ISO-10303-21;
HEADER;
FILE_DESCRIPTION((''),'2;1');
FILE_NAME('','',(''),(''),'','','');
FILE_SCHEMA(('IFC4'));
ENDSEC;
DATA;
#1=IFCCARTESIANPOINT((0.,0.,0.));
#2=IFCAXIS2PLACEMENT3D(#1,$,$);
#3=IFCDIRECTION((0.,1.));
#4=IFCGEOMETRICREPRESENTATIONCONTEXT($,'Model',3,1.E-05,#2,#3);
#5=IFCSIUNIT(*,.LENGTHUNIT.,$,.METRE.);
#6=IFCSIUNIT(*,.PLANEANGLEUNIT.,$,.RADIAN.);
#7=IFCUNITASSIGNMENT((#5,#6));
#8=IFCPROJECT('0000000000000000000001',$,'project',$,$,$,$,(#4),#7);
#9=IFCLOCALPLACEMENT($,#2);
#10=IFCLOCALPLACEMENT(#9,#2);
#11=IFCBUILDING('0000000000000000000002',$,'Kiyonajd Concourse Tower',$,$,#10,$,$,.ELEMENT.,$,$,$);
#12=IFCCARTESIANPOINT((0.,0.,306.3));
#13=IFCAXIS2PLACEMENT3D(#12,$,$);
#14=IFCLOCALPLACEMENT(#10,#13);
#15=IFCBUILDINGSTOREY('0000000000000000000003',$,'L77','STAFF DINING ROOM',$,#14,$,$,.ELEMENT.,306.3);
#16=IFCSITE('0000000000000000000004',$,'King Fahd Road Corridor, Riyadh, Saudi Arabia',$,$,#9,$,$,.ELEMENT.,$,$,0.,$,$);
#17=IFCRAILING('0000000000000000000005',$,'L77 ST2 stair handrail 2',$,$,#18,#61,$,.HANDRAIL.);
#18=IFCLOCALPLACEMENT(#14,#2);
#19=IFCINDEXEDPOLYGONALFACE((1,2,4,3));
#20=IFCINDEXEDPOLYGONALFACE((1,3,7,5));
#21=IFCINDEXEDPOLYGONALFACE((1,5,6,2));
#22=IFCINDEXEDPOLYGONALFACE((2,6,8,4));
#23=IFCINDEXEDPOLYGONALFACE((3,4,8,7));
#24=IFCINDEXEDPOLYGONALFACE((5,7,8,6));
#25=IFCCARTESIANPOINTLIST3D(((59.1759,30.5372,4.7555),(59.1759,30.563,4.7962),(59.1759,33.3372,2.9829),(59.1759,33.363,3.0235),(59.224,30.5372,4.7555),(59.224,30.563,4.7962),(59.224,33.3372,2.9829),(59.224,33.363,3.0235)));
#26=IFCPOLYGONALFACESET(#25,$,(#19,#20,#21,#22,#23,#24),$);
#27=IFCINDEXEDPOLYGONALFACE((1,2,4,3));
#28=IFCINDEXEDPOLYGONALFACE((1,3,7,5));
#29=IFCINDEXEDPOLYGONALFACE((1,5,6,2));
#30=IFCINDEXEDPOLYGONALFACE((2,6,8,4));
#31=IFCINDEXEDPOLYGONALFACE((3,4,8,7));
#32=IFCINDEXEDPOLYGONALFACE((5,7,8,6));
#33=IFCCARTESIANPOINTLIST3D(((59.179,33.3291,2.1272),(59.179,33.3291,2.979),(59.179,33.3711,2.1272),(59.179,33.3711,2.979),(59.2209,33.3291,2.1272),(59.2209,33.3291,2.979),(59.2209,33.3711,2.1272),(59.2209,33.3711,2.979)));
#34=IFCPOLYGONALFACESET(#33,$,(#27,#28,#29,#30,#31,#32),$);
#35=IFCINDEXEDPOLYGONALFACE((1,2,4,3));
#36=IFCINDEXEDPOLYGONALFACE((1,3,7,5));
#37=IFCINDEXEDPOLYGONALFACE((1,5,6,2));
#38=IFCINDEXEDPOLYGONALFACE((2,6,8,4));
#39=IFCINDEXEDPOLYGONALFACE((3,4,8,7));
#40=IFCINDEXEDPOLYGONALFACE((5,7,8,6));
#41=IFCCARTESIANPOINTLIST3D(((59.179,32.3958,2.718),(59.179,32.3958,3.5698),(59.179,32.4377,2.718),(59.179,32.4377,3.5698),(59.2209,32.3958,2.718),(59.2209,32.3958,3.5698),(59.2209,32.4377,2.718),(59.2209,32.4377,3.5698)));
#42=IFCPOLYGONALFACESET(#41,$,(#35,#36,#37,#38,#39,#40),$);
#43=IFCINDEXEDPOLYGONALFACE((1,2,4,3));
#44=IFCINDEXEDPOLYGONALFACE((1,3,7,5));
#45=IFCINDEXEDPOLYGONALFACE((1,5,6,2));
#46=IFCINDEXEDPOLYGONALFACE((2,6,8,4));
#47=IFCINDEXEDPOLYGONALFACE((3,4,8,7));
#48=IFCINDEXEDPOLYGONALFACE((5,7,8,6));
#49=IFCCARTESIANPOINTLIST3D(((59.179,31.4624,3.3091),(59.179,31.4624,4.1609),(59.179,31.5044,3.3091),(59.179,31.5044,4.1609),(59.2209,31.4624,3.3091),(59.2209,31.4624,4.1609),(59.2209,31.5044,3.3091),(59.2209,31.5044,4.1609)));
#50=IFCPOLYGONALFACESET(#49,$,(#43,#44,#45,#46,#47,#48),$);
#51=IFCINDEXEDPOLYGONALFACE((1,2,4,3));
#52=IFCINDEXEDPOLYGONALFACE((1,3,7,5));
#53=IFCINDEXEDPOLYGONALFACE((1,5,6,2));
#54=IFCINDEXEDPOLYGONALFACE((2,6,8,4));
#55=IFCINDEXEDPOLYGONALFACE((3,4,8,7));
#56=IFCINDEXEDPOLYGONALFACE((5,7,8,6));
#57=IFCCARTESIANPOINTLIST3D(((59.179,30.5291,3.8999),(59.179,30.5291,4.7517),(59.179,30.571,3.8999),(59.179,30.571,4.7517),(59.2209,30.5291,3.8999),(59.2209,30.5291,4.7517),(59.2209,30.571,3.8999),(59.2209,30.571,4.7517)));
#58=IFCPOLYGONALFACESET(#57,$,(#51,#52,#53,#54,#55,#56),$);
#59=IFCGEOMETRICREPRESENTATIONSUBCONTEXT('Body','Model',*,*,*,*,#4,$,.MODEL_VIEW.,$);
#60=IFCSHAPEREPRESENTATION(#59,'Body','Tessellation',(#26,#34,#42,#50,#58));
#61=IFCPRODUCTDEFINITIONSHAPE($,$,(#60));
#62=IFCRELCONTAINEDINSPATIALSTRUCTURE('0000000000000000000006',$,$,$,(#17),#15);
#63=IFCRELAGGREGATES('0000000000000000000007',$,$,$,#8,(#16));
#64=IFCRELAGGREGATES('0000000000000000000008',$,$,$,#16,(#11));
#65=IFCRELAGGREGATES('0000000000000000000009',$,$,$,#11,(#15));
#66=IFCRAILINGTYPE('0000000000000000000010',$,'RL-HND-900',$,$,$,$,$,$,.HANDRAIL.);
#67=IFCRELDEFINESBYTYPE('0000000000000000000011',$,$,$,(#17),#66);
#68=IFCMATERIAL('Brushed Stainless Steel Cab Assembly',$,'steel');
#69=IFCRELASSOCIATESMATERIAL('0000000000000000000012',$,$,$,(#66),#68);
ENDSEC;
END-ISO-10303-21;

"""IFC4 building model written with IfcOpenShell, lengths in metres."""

from ifc_helpers import new_model, si_unit, direction, frame, origin, origin_2d, place, context, subcontext, project, spatial, rectangle, extrude, material, type_object, element, save


model = new_model("IFC4")

# Units and contexts
model_context = context("Model", 3, precision=1e-05, world=origin(), true_north=direction((0.0, 1.0)))
body_context = subcontext(model_context, "Body", "Model", "MODEL_VIEW")
ifc_project = project(units=[si_unit("LENGTHUNIT", "METRE"), si_unit("PLANEANGLEUNIT", "RADIAN")], contexts=[model_context])

# Site, building, storey
site_placement = place(None, origin())
site = spatial("IfcSite", under=ifc_project, at=site_placement, Name="King Fahd Road Corridor, Riyadh, Saudi Arabia", CompositionType="ELEMENT", RefElevation=0.0)
building_placement = place(site_placement, origin())
building = spatial("IfcBuilding", under=site, at=building_placement, Name="Kiyonajd Concourse Tower", CompositionType="ELEMENT")
storey_placement = place(building_placement, frame((0.0, 0.0, 306.3)))
storey = spatial("IfcBuildingStorey", under=building, at=storey_placement, Name="L77", Description="STAFF DINING ROOM", CompositionType="ELEMENT", Elevation=306.3)

# Railing
ifc_material_1 = material(Name="Brushed Stainless Steel Cab Assembly", Category="steel")
railing_type_1 = type_object("IfcRailingType", Name="RL-HND-900", PredefinedType="HANDRAIL", material=ifc_material_1)
railing_1_placement = place(storey_placement, frame((59.2, 33.3501, 2.1272)))
element("IfcRailing", 1, at=railing_1_placement, inside=storey, type_object=railing_type_1, Name="L77 ST2 stair handrail 2", PredefinedType="HANDRAIL", context=body_context, shape_type="SweptSolid", body=[
    extrude(rectangle(XDim=0.0481, YDim=0.0481, at=origin_2d()), frame((0.0, 0.0, 0.876), z_axis=(0.0, -0.844909, 0.53491), x_axis=(1.0, 0.0, 0.0)), (0.0, 0.0, 1.0), 3.314),
    extrude(rectangle(XDim=0.042, YDim=0.042, at=origin_2d()), origin(), (0.0, 0.0, 1.0), 0.8518),
    extrude(rectangle(XDim=0.042, YDim=0.042, at=origin_2d()), frame((0.0, -0.9333, 0.5908)), (0.0, 0.0, 1.0), 0.8518),
    extrude(rectangle(XDim=0.042, YDim=0.042, at=origin_2d()), frame((0.0, -1.8667, 1.1819)), (0.0, 0.0, 1.0), 0.8518),
    extrude(rectangle(XDim=0.042, YDim=0.042, at=origin_2d()), frame((0.0, -2.8, 1.7727)), (0.0, 0.0, 1.0), 0.8518),
])

save(model, "model.ifc")
